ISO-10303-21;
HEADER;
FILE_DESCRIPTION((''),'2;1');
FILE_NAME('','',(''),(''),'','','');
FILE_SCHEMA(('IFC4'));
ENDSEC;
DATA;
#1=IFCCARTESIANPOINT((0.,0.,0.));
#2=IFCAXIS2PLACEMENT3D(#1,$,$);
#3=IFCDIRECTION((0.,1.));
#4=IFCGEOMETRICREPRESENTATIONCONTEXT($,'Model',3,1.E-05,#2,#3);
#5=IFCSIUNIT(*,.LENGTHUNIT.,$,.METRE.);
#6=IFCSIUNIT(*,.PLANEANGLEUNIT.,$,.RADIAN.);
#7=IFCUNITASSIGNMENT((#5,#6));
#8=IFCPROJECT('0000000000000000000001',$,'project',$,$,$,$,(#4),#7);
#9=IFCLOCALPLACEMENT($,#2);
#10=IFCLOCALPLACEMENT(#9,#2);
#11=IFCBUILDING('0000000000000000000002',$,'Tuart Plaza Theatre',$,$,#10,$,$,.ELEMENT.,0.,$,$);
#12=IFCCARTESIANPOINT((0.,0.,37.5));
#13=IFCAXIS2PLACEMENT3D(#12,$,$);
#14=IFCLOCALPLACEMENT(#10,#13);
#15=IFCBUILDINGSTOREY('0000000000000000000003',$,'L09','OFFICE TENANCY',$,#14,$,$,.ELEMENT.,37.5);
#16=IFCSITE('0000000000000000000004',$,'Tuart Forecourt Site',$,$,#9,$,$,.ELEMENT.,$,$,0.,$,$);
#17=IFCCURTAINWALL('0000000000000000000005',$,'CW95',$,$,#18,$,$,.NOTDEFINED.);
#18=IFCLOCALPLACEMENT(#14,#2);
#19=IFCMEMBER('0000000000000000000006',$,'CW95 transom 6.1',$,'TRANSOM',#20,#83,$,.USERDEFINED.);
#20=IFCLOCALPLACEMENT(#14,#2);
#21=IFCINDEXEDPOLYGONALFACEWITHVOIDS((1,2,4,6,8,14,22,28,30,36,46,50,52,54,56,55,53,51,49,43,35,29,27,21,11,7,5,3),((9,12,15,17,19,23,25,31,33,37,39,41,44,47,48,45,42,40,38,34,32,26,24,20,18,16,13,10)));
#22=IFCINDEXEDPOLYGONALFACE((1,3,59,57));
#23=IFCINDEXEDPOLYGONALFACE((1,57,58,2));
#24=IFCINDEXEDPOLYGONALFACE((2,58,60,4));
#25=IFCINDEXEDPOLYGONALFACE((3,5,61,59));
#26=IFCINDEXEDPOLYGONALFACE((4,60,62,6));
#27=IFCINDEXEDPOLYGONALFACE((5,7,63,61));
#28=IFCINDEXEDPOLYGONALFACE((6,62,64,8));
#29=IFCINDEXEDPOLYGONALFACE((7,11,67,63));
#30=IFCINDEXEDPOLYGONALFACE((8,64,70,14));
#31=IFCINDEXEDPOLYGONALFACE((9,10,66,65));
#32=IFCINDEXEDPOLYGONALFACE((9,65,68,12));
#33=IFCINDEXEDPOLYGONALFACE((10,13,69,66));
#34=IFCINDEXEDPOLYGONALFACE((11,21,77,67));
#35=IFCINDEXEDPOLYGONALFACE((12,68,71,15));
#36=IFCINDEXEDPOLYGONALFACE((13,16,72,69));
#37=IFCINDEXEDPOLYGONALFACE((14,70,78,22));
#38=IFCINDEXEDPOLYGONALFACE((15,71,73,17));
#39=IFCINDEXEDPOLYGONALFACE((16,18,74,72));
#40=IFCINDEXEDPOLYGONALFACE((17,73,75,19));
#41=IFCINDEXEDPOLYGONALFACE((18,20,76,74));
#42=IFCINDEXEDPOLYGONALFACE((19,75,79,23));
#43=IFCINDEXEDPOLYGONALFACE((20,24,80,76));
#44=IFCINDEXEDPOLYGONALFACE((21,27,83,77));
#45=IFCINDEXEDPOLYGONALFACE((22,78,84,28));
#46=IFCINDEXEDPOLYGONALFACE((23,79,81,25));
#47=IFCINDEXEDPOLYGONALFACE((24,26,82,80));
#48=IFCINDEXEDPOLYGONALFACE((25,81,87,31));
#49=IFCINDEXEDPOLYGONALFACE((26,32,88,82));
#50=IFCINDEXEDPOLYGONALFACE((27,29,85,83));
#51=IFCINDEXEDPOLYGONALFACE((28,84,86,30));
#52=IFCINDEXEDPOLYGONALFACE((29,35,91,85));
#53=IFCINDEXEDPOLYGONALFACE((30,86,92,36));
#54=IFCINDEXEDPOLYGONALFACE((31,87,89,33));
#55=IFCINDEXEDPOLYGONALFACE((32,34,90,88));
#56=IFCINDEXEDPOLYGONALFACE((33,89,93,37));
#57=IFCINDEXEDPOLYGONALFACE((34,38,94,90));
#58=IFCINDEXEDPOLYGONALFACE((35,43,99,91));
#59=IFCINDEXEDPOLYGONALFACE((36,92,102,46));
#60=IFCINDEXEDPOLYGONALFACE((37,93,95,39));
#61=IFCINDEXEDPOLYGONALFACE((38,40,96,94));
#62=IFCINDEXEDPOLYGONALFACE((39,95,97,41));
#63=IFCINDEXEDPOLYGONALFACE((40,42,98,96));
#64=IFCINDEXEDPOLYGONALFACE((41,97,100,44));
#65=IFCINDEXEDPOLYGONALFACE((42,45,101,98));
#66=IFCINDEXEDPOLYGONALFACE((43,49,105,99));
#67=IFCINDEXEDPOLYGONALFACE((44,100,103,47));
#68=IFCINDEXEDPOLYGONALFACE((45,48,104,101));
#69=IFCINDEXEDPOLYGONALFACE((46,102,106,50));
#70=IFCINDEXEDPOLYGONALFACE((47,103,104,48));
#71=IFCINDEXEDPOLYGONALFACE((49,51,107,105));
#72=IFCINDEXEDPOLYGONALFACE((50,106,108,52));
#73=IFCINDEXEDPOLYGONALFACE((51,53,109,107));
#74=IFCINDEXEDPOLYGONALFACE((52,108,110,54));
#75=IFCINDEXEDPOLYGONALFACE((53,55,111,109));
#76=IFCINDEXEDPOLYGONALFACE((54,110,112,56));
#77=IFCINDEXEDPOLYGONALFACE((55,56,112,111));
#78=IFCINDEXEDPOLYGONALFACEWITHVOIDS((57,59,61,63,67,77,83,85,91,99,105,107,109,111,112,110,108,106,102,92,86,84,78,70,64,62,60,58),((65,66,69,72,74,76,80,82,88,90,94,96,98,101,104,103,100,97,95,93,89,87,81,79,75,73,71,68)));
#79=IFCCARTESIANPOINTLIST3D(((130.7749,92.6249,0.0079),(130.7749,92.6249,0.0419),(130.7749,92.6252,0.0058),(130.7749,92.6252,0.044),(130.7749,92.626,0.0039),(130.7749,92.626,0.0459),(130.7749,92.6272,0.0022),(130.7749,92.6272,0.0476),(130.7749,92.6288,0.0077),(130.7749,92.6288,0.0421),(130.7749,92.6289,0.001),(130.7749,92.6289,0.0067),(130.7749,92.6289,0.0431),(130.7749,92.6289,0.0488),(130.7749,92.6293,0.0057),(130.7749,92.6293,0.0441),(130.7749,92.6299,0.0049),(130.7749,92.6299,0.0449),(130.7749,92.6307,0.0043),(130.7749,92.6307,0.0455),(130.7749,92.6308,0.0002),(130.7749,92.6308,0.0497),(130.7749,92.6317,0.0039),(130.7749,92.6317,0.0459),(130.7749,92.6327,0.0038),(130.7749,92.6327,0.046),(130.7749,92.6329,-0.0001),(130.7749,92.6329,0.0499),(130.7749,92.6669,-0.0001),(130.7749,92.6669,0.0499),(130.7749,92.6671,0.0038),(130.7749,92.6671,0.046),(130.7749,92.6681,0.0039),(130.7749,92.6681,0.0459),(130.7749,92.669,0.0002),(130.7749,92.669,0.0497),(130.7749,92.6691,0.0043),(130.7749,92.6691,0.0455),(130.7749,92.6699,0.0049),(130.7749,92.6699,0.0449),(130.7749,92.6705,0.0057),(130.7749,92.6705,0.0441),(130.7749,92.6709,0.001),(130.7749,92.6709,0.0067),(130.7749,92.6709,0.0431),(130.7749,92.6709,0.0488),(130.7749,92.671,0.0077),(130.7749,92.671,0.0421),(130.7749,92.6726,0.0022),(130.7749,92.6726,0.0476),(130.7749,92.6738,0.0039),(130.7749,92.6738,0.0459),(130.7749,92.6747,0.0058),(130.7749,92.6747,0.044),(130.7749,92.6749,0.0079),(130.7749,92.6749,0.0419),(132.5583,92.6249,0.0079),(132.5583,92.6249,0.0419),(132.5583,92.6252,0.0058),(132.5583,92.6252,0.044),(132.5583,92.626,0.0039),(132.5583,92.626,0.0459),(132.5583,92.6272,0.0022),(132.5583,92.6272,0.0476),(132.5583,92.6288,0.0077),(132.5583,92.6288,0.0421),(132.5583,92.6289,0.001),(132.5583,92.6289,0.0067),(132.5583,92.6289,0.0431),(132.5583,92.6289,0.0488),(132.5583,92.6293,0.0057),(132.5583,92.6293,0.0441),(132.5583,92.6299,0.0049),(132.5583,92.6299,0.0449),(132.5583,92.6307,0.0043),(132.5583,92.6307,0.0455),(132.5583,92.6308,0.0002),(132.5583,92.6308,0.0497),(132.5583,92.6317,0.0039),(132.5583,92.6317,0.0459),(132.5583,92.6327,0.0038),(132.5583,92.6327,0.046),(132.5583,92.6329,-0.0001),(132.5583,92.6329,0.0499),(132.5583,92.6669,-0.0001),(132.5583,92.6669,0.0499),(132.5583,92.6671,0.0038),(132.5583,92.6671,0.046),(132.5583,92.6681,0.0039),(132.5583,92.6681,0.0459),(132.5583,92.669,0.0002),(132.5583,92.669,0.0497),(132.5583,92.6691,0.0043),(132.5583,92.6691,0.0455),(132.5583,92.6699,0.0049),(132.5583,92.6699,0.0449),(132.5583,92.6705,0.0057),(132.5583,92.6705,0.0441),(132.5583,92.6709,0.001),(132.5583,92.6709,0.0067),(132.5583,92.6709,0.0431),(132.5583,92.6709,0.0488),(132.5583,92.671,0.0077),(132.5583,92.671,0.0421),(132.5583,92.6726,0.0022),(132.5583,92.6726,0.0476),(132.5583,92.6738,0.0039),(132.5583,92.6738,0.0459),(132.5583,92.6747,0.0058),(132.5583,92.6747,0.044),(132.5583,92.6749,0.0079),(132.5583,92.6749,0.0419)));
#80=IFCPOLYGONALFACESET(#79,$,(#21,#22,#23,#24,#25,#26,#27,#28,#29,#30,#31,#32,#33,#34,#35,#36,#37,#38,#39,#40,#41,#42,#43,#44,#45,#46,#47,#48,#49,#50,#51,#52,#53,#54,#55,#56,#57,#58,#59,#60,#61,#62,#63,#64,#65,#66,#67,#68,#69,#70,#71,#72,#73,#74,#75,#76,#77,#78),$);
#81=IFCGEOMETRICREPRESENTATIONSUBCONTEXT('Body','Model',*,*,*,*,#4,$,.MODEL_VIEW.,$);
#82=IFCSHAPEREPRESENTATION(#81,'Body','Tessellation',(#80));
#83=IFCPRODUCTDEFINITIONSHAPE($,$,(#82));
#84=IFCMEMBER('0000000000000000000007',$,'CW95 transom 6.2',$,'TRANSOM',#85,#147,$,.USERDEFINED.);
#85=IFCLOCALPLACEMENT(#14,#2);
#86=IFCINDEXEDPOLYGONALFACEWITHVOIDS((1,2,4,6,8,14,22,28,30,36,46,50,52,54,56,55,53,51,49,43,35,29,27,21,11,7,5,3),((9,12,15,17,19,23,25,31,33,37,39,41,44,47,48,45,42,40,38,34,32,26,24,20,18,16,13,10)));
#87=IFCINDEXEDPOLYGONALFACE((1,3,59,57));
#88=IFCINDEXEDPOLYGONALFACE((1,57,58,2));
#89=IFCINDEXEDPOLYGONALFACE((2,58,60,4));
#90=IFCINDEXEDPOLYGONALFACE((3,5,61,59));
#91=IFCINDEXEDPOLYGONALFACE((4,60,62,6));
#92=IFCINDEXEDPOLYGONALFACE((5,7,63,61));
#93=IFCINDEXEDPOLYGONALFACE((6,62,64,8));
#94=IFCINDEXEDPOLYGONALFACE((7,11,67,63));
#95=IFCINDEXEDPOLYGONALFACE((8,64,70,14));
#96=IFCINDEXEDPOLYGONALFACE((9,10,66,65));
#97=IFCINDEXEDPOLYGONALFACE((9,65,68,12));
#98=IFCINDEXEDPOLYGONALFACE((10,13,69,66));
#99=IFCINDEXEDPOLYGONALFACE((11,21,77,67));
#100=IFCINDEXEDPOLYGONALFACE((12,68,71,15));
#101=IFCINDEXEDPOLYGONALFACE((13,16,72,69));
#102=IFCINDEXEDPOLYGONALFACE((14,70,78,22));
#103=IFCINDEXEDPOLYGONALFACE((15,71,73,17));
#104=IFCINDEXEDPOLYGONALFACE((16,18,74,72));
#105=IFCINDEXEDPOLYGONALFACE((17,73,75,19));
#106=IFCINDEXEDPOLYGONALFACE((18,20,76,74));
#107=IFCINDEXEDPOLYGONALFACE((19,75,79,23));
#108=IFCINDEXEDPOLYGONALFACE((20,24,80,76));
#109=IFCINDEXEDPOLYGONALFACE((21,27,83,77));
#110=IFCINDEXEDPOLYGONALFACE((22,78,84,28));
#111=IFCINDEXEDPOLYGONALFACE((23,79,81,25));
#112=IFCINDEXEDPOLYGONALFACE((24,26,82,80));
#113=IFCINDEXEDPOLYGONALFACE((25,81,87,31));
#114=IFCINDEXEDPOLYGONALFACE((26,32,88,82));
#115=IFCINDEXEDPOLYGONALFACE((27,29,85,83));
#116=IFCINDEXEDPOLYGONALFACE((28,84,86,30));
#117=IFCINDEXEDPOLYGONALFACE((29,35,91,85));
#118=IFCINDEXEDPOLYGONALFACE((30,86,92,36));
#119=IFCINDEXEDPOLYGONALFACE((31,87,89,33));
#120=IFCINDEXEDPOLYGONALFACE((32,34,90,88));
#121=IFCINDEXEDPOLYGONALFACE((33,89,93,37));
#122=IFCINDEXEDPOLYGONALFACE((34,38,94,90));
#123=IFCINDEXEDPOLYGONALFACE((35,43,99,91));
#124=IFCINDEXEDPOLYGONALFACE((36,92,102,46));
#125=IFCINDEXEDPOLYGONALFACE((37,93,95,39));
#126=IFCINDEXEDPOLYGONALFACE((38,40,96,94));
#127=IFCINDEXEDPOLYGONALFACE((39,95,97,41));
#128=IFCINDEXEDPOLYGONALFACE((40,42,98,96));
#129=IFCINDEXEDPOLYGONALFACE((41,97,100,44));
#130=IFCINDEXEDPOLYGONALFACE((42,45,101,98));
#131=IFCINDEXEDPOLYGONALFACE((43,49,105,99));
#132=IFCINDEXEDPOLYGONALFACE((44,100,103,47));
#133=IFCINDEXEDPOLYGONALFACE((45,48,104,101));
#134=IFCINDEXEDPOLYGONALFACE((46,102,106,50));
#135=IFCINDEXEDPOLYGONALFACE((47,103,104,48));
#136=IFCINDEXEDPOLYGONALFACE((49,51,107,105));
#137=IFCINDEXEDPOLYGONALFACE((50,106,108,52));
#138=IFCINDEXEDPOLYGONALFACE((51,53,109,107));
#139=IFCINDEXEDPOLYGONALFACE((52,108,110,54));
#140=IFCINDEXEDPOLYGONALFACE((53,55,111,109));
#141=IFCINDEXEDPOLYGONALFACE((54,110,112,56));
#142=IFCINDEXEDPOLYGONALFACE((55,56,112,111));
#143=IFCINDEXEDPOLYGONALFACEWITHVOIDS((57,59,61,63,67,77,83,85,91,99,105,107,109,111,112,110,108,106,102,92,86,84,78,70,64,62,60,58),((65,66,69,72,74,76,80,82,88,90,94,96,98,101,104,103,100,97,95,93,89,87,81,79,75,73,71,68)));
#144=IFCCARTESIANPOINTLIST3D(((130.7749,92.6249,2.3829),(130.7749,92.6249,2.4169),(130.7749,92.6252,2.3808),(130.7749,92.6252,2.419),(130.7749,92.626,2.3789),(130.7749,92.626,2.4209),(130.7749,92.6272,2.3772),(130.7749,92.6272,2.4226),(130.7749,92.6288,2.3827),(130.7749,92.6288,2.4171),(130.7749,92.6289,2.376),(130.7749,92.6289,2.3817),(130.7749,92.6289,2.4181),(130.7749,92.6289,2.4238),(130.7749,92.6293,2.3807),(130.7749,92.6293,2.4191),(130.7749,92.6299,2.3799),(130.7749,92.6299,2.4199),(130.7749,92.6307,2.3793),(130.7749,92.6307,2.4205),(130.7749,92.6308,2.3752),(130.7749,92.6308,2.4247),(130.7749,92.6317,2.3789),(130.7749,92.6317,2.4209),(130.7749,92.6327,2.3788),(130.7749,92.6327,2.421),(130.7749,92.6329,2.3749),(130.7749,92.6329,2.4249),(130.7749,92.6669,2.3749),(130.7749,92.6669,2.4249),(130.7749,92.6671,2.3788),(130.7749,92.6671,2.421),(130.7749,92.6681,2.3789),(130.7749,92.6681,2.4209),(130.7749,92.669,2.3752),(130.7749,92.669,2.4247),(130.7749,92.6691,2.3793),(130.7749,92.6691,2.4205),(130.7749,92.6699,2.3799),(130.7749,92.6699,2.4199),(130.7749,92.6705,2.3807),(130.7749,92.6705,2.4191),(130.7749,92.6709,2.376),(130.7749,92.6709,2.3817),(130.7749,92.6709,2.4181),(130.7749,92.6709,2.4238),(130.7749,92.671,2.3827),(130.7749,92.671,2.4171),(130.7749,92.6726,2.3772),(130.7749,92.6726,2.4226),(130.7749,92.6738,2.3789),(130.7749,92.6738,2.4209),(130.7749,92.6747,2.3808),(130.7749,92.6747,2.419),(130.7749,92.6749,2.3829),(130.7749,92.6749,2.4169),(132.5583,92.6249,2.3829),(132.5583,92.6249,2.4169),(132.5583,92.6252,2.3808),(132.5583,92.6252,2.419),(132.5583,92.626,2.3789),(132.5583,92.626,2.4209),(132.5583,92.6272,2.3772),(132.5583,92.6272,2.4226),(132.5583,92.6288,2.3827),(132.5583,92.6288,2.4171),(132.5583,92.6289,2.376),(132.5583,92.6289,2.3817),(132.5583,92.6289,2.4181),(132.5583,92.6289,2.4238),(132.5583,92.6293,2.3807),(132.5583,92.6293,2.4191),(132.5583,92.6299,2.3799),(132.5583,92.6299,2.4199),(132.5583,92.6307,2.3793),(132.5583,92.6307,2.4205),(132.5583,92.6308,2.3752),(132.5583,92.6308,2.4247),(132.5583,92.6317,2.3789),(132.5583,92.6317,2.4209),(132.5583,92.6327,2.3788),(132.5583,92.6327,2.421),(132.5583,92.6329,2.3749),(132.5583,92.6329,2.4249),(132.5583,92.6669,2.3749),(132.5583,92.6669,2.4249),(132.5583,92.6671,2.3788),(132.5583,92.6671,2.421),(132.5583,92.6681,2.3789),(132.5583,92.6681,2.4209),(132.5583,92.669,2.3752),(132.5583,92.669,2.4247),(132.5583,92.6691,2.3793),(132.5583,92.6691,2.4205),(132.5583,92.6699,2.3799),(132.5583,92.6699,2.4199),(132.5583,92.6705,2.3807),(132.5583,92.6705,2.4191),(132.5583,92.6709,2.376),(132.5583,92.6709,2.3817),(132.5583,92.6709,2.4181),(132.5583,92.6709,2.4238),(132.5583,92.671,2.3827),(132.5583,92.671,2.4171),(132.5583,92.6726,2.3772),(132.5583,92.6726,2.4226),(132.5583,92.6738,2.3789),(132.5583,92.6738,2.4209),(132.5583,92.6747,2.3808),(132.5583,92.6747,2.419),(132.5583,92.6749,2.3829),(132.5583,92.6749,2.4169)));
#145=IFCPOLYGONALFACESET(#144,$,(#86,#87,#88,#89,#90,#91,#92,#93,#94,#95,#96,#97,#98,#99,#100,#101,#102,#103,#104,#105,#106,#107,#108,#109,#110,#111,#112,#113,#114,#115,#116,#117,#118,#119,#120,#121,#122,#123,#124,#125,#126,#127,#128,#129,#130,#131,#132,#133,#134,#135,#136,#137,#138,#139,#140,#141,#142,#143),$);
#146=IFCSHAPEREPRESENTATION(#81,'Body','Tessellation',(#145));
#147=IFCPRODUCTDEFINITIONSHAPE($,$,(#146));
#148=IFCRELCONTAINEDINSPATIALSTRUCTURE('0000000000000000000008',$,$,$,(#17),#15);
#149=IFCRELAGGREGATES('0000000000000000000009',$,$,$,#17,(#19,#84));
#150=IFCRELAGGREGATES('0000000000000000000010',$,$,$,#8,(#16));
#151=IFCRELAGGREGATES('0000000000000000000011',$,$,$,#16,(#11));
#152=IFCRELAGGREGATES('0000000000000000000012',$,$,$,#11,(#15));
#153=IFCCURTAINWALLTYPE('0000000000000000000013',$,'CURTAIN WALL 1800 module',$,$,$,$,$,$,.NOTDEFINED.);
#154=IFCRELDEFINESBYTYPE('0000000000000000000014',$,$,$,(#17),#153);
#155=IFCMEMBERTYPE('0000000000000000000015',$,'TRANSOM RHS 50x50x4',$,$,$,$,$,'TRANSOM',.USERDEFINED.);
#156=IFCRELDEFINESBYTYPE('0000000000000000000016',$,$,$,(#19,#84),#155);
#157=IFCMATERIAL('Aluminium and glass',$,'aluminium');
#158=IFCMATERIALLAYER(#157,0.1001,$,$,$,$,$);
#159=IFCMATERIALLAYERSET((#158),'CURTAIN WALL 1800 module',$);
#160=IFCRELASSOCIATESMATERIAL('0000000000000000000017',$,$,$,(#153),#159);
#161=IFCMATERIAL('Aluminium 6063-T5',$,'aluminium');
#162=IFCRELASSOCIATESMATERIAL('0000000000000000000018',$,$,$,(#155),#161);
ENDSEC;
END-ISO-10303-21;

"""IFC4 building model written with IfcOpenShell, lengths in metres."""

from ifc_helpers import new_model, si_unit, direction, frame, origin, origin_2d, place, context, subcontext, project, spatial, hollow_rectangle, extrude, material, layer, layer_set, material_profile, profile_set, type_object, element, aggregate, save


model = new_model("IFC4")

# Units and contexts
model_context = context("Model", 3, precision=1e-05, world=origin(), true_north=direction((0.0, 1.0)))
body_context = subcontext(model_context, "Body", "Model", "MODEL_VIEW")
ifc_project = project(units=[si_unit("LENGTHUNIT", "METRE"), si_unit("PLANEANGLEUNIT", "RADIAN")], contexts=[model_context])

# Site, building, storey
site_placement = place(None, origin())
site = spatial("IfcSite", under=ifc_project, at=site_placement, Name="Tuart Forecourt Site", CompositionType="ELEMENT", RefElevation=0.0)
building_placement = place(site_placement, origin())
building = spatial("IfcBuilding", under=site, at=building_placement, Name="Tuart Plaza Theatre", CompositionType="ELEMENT", ElevationOfRefHeight=0.0)
storey_placement = place(building_placement, frame((0.0, 0.0, 37.5)))
storey = spatial("IfcBuildingStorey", under=building, at=storey_placement, Name="L09", Description="OFFICE TENANCY", CompositionType="ELEMENT", Elevation=37.5)

# Curtain wall, members
ifc_material_1 = material(Name="Aluminium and glass", Category="aluminium")
ifc_layer_1 = layer(ifc_material_1, 0.1001)
ifc_layer_set_1 = layer_set([ifc_layer_1], Name="CURTAIN WALL 1800 module")
curtain_wall_type = type_object("IfcCurtainWallType", Name="CURTAIN WALL 1800 module", PredefinedType="NOTDEFINED", material=ifc_layer_set_1)
curtain_wall_placement = place(storey_placement, origin())
curtain_wall = element("IfcCurtainWall", 1, at=curtain_wall_placement, inside=storey, type_object=curtain_wall_type, Name="CW95", PredefinedType="NOTDEFINED")
ifc_material_2 = material(Name="Aluminium 6063-T5", Category="aluminium")
ifc_material_profile_1 = material_profile(ifc_material_2, hollow_rectangle(XDim=0.05, YDim=0.05, WallThickness=0.0039, InnerFilletRadius=0.0039, OuterFilletRadius=0.0081, at=origin_2d()), Name="RHS 50x50x4")
ifc_profile_set_1 = profile_set([ifc_material_profile_1], Name="Aluminium 6063-T5")
member_type_1 = type_object("IfcMemberType", Name="TRANSOM RHS 50x50x4", ElementType="TRANSOM", PredefinedType="USERDEFINED", material=ifc_profile_set_1)
member_1_placement = place(storey_placement, frame((132.5583, 92.6499, 0.0249), z_axis=(-1.0, 0.0, 0.0), x_axis=(0.0, -1.0, 0.0)))
member_1 = element("IfcMember", 2, at=member_1_placement, type_object=member_type_1, Name="CW95 transom 6.1", ObjectType="TRANSOM", PredefinedType="USERDEFINED", context=body_context, shape_type="SweptSolid", body=[
    extrude(hollow_rectangle(XDim=0.05, YDim=0.05, WallThickness=0.0039, InnerFilletRadius=0.0039, OuterFilletRadius=0.0081, at=origin_2d()), origin(), (0.0, 0.0, 1.0), 1.7834),
])
member_2_placement = place(storey_placement, frame((132.5583, 92.6499, 2.3999), z_axis=(-1.0, 0.0, 0.0), x_axis=(0.0, -1.0, 0.0)))
member_2 = element("IfcMember", 3, at=member_2_placement, type_object=member_type_1, Name="CW95 transom 6.2", ObjectType="TRANSOM", PredefinedType="USERDEFINED", context=body_context, shape_type="SweptSolid", body=[
    extrude(hollow_rectangle(XDim=0.05, YDim=0.05, WallThickness=0.0039, InnerFilletRadius=0.0039, OuterFilletRadius=0.0081, at=origin_2d()), origin(), (0.0, 0.0, 1.0), 1.7834),
])
aggregate(curtain_wall, [member_1, member_2])

save(model, "model.ifc")
